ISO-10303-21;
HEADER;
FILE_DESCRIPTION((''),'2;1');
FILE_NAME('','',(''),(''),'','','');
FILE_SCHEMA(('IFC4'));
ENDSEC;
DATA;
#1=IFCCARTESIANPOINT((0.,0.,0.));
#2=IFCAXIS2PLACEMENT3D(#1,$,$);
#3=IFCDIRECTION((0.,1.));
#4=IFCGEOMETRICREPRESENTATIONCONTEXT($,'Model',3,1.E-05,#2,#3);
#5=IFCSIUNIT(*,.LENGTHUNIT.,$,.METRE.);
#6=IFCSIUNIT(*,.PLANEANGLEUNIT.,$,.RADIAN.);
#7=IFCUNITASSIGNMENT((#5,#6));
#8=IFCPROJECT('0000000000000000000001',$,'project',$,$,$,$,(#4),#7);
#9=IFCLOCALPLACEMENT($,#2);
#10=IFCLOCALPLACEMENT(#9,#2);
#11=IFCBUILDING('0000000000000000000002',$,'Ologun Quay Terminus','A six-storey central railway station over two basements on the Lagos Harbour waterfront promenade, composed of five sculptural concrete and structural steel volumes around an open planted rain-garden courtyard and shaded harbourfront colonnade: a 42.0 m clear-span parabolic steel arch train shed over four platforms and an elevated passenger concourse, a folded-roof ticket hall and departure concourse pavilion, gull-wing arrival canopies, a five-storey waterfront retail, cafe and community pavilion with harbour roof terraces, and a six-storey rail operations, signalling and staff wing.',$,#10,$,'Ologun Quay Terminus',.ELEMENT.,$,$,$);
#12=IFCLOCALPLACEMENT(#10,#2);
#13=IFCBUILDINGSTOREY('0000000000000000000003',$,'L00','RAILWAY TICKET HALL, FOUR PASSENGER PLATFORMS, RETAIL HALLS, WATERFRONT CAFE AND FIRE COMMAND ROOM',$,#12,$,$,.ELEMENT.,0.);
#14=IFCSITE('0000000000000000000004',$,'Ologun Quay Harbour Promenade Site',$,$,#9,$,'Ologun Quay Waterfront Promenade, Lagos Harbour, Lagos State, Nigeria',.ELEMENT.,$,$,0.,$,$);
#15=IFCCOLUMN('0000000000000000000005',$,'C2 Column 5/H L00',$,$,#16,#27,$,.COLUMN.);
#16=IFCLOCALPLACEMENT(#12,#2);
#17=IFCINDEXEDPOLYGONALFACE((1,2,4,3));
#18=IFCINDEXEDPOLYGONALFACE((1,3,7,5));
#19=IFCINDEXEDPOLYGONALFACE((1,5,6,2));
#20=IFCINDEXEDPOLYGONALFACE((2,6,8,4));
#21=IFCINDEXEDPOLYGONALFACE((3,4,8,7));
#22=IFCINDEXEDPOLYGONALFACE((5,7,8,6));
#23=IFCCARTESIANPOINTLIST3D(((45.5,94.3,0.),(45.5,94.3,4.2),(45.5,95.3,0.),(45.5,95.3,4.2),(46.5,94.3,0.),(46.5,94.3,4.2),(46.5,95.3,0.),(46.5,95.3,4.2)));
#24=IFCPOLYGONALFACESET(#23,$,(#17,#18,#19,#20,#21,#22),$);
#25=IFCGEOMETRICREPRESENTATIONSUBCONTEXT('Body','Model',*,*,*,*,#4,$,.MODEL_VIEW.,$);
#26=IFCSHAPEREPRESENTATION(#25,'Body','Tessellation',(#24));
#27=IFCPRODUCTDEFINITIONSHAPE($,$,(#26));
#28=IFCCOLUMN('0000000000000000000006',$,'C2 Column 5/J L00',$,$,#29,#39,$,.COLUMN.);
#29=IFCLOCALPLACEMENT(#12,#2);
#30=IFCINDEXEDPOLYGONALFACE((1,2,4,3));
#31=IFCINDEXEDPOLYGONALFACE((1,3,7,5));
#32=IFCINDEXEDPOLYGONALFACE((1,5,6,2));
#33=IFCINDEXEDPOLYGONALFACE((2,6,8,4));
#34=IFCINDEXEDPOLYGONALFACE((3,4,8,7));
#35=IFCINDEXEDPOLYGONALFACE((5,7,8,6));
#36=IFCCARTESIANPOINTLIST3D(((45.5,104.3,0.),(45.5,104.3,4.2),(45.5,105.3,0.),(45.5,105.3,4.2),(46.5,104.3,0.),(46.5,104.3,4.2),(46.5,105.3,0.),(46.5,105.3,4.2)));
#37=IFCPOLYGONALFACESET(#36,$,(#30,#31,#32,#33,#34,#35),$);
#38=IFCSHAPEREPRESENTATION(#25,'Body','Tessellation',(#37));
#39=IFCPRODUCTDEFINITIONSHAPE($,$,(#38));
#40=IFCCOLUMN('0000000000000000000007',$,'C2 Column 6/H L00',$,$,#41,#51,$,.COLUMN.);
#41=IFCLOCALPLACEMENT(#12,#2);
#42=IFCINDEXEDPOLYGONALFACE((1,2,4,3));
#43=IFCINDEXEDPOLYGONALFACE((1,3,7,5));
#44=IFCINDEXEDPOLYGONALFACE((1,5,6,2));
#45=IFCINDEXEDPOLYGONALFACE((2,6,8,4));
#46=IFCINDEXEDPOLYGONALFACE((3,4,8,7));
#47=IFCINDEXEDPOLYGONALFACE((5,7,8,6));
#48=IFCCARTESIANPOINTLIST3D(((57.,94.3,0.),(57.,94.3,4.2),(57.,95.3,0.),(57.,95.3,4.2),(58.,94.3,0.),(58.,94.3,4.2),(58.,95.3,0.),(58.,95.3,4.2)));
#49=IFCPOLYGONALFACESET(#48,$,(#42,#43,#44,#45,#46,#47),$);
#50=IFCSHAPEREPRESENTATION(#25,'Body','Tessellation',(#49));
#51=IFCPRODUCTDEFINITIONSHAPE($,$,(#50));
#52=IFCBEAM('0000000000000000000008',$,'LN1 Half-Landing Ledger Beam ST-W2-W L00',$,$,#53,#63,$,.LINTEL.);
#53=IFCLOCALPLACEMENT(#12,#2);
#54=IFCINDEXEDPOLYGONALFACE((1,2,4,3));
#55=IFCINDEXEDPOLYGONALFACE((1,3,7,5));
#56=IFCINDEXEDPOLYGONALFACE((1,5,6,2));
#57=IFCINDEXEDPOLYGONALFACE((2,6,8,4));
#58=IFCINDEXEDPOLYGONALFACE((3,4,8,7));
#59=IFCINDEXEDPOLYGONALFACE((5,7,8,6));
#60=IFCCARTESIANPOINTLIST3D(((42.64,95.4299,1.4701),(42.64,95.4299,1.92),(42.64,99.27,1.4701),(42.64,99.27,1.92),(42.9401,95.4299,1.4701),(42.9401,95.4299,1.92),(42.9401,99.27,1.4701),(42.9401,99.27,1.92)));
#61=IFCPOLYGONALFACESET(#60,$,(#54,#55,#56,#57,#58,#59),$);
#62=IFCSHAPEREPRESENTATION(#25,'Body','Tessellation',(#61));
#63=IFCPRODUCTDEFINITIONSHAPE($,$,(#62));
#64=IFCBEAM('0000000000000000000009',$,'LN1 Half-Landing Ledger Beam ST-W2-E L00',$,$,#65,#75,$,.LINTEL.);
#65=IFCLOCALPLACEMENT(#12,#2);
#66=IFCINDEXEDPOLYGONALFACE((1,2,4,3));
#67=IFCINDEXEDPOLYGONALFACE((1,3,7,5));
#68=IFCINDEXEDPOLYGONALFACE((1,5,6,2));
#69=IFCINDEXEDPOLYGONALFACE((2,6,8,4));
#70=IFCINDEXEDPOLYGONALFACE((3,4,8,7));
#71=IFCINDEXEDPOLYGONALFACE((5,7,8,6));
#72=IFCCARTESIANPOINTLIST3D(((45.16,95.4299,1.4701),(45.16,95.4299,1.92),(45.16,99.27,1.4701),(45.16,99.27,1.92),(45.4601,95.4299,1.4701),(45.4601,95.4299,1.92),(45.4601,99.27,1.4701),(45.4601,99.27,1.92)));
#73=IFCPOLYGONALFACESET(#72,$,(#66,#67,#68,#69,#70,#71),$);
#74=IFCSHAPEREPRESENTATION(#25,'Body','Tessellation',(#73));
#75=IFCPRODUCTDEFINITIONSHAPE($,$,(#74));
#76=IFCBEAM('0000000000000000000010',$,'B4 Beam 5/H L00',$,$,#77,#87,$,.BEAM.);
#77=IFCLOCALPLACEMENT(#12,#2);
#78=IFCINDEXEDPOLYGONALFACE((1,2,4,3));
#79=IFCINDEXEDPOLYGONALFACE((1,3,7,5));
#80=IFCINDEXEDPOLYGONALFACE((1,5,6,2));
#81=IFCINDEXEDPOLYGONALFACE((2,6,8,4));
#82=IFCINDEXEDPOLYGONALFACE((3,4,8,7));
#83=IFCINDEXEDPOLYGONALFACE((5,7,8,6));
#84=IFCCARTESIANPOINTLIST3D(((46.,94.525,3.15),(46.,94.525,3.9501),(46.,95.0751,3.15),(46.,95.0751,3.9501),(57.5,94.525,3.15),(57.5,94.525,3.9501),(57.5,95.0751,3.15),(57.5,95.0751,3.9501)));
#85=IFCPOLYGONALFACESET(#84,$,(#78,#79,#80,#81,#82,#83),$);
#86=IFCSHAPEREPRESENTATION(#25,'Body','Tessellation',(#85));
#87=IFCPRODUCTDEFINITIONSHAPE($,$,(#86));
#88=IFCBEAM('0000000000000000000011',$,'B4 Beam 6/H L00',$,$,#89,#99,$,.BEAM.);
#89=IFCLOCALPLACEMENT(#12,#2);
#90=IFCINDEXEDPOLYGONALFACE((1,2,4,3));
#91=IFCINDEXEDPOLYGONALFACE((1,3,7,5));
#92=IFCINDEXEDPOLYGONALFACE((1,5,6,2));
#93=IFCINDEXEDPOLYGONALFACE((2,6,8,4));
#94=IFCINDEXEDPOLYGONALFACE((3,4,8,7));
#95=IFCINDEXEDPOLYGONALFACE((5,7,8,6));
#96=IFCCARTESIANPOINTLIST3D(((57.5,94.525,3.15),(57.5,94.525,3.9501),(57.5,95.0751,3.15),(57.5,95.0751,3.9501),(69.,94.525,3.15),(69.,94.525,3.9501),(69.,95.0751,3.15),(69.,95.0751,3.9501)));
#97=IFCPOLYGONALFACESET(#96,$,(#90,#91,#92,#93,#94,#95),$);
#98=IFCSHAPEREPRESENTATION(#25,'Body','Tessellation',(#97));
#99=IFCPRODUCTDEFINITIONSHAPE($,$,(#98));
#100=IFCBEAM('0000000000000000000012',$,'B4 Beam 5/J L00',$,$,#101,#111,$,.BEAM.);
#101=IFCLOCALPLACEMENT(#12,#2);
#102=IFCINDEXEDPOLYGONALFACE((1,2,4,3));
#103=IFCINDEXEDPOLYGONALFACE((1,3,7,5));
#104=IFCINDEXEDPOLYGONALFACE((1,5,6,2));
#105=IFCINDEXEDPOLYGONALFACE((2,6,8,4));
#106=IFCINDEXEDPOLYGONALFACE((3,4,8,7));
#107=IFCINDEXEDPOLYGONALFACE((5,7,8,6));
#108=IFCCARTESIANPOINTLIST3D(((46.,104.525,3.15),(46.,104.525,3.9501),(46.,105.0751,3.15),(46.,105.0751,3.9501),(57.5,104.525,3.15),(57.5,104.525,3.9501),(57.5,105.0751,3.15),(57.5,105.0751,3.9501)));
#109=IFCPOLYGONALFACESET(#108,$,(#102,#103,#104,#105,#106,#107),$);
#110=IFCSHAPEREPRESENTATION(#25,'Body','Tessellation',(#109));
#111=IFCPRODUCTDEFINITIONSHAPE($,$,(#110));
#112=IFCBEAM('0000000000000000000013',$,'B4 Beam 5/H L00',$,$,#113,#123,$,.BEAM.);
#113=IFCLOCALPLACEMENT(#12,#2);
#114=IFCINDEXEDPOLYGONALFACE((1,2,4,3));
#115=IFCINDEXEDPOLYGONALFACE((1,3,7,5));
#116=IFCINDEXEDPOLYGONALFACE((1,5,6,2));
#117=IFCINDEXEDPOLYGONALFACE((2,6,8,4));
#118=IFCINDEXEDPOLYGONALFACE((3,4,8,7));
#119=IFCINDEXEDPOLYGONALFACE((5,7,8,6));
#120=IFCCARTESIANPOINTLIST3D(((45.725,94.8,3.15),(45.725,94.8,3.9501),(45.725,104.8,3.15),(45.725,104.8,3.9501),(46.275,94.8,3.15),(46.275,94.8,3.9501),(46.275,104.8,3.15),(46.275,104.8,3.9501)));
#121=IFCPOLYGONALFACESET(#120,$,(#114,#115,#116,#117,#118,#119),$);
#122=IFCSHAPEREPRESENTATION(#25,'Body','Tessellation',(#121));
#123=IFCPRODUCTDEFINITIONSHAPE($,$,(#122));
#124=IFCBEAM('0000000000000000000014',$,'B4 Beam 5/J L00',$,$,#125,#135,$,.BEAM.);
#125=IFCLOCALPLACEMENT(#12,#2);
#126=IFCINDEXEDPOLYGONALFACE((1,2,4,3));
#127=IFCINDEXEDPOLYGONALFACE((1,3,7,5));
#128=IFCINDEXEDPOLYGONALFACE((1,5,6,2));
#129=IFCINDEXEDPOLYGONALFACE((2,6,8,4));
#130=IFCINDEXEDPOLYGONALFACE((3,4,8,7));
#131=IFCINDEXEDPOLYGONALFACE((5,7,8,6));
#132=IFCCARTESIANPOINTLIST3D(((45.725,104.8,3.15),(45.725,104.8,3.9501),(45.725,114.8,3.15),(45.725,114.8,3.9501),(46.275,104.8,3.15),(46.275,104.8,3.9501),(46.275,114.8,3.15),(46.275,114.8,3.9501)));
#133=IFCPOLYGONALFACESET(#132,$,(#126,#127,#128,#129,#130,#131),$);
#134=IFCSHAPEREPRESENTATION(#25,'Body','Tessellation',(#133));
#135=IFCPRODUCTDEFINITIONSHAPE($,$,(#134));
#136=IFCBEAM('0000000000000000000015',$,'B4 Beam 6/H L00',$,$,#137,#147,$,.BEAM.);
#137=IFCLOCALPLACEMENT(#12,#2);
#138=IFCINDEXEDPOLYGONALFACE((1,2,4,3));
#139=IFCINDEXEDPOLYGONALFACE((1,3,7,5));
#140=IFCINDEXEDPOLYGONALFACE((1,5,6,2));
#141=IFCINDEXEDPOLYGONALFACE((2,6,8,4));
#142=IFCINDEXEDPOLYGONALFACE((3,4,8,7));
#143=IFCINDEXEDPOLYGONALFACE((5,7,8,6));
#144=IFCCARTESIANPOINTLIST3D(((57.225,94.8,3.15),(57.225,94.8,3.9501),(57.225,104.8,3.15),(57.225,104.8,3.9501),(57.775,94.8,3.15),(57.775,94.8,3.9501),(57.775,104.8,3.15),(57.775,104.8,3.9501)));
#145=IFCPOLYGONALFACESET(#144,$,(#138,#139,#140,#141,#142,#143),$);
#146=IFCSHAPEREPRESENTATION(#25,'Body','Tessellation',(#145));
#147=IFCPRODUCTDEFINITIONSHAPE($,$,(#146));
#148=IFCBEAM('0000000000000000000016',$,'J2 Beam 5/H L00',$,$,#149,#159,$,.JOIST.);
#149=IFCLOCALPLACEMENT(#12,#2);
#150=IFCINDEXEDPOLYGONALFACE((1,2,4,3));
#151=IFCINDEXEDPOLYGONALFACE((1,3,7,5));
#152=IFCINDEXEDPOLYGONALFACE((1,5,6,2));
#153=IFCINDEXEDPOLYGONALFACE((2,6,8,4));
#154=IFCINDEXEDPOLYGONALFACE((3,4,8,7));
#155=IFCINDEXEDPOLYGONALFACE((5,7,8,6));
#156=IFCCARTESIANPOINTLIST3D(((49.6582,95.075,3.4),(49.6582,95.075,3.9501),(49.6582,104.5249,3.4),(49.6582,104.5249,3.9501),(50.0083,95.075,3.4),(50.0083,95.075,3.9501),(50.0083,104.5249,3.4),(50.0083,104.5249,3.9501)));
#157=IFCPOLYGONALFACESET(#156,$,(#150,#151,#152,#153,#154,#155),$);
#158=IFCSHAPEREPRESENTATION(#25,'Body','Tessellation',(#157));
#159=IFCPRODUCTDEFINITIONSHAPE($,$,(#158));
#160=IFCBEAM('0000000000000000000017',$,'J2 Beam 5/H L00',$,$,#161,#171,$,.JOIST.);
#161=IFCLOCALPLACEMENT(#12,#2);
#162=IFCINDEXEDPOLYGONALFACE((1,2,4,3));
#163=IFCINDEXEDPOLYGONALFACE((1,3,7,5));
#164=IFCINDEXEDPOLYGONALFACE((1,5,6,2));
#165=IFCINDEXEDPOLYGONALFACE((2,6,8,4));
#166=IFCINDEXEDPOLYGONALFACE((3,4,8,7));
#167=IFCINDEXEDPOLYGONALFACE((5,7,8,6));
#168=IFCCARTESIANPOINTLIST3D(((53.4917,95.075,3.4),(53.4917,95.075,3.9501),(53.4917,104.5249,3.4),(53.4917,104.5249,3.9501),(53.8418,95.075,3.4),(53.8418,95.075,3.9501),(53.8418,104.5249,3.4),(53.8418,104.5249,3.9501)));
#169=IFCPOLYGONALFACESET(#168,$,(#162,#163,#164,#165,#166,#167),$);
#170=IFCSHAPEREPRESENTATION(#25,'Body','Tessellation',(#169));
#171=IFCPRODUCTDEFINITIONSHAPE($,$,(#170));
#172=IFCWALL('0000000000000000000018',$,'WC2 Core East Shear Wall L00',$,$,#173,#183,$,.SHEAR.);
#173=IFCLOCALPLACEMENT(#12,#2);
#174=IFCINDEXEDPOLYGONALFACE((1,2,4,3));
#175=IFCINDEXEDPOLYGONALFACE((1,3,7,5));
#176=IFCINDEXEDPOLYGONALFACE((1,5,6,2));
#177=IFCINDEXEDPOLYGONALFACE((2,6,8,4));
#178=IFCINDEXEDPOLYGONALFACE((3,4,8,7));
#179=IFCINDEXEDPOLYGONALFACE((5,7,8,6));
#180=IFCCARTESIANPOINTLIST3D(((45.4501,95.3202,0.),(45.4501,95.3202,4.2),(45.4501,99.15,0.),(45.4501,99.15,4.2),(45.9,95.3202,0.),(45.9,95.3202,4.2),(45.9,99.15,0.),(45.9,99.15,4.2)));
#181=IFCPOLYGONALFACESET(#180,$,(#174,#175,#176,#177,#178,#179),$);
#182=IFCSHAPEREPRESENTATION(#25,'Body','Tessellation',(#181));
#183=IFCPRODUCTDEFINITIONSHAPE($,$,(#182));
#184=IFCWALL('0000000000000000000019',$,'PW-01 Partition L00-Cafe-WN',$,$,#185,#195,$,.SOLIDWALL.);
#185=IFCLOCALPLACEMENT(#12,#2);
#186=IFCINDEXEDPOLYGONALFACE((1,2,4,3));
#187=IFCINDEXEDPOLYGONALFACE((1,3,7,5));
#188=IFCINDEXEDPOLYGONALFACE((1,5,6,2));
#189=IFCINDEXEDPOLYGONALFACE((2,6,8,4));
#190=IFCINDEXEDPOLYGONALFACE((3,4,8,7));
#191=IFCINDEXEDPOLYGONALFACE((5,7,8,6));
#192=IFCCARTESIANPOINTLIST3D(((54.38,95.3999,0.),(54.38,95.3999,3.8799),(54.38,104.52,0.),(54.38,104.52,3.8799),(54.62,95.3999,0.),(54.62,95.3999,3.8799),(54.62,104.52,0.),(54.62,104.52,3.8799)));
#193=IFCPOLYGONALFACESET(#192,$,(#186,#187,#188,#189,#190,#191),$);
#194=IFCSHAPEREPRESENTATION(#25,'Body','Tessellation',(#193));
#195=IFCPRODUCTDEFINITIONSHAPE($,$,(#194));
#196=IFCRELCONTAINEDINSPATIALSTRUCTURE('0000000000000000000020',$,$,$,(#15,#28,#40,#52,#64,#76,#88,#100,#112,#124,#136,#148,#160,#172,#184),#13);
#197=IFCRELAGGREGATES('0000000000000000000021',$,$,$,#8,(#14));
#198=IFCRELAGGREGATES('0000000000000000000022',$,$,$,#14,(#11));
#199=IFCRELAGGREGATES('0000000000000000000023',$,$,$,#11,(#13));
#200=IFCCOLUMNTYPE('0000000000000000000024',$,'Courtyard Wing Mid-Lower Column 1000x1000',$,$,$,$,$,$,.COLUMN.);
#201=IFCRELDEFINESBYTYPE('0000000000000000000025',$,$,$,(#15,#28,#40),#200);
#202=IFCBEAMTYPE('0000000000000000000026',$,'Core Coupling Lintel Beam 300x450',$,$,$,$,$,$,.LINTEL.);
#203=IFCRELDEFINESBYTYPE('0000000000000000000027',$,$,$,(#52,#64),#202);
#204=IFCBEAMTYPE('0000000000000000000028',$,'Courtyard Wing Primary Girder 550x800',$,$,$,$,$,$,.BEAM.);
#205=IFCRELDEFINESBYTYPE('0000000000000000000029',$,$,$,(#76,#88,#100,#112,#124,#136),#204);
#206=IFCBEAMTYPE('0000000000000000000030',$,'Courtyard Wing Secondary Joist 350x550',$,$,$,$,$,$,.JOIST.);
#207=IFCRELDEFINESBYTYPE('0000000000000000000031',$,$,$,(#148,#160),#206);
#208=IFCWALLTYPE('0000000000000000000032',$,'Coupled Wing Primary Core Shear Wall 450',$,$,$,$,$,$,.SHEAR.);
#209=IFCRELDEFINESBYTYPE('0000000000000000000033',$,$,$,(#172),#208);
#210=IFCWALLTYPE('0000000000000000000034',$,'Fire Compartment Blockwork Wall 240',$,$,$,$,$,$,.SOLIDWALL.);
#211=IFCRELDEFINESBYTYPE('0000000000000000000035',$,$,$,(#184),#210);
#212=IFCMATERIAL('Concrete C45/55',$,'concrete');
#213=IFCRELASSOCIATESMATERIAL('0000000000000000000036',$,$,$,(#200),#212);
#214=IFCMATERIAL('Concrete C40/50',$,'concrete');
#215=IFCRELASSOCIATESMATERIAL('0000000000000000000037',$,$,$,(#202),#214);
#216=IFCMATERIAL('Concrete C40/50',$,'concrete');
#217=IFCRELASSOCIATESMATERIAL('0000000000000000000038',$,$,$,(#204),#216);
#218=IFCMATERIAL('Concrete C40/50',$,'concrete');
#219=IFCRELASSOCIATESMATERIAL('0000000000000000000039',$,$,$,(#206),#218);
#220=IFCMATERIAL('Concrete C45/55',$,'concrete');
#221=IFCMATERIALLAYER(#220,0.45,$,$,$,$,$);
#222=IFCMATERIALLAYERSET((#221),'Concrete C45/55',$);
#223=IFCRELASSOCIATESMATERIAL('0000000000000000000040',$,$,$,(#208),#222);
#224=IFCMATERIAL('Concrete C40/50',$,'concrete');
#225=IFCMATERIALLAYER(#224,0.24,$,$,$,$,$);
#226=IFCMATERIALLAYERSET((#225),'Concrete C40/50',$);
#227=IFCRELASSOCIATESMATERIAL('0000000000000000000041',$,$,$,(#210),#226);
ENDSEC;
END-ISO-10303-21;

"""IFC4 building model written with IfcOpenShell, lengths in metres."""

from ifc_helpers import new_model, si_unit, direction, frame, frame_2d, origin, origin_2d, place, context, subcontext, project, spatial, rectangle, extrude, material, layer, layer_set, material_profile, profile_set, type_object, element, save


model = new_model("IFC4")

# Units and contexts
model_context = context("Model", 3, precision=1e-05, world=origin(), true_north=direction((0.0, 1.0)))
body_context = subcontext(model_context, "Body", "Model", "MODEL_VIEW")
ifc_project = project(units=[si_unit("LENGTHUNIT", "METRE"), si_unit("PLANEANGLEUNIT", "RADIAN")], contexts=[model_context])

# Site, building, storey
site_placement = place(None, origin())
site = spatial("IfcSite", under=ifc_project, at=site_placement, Name="Ologun Quay Harbour Promenade Site", LongName="Ologun Quay Waterfront Promenade, Lagos Harbour, Lagos State, Nigeria", CompositionType="ELEMENT", RefElevation=0.0)
building_placement = place(site_placement, origin())
building = spatial("IfcBuilding", under=site, at=building_placement, Name="Ologun Quay Terminus", Description="A six-storey central railway station over two basements on the Lagos Harbour waterfront promenade, composed of five sculptural concrete and structural steel volumes around an open planted rain-garden courtyard and shaded harbourfront colonnade: a 42.0 m clear-span parabolic steel arch train shed over four platforms and an elevated passenger concourse, a folded-roof ticket hall and departure concourse pavilion, gull-wing arrival canopies, a five-storey waterfront retail, cafe and community pavilion with harbour roof terraces, and a six-storey rail operations, signalling and staff wing.", LongName="Ologun Quay Terminus", CompositionType="ELEMENT")
storey_placement = place(building_placement, origin())
storey = spatial("IfcBuildingStorey", under=building, at=storey_placement, Name="L00", Description="RAILWAY TICKET HALL, FOUR PASSENGER PLATFORMS, RETAIL HALLS, WATERFRONT CAFE AND FIRE COMMAND ROOM", CompositionType="ELEMENT", Elevation=0.0)

# Columns
ifc_material_1 = material(Name="Concrete C45/55", Category="concrete")
ifc_material_profile_1 = material_profile(ifc_material_1, rectangle(XDim=1.0, YDim=1.0, at=origin_2d()), Name="RC 1000x1000")
ifc_profile_set_1 = profile_set([ifc_material_profile_1], Name="Concrete C45/55")
column_type = type_object("IfcColumnType", Name="Courtyard Wing Mid-Lower Column 1000x1000", PredefinedType="COLUMN", material=ifc_profile_set_1)
for number, where, z_axis, x_axis, name in (
    (1, (46.0, 94.8, 0.0), (0.0, 0.0, 1.0), (1.0, 0.0, 0.0), "C2 Column 5/H L00"),
    (2, (46.0, 104.8, 0.0), (0.0, 0.0, 1.0), (1.0, 0.0, 0.0), "C2 Column 5/J L00"),
    (3, (57.5, 94.8, 0.0), (0.0, 0.0, 1.0), (1.0, 0.0, 0.0), "C2 Column 6/H L00"),
):
    element("IfcColumn", number, at=place(storey_placement, frame(where, z_axis=z_axis, x_axis=x_axis)), inside=storey, type_object=column_type, Name=name, PredefinedType="COLUMN", context=body_context, shape_type="SweptSolid", body=[
        extrude(rectangle(XDim=1.0, YDim=1.0, at=origin_2d()), origin(), (0.0, 0.0, 1.0), 4.2),
    ])

# Beams
ifc_material_2 = material(Name="Concrete C40/50", Category="concrete")
ifc_material_profile_2 = material_profile(ifc_material_2, rectangle(XDim=0.3, YDim=0.45, at=origin_2d()), Name="RC 300x450")
ifc_profile_set_2 = profile_set([ifc_material_profile_2], Name="Concrete C40/50")
beam_type_1 = type_object("IfcBeamType", Name="Core Coupling Lintel Beam 300x450", PredefinedType="LINTEL", material=ifc_profile_set_2)
for number, where, z_axis, x_axis, name in (
    (4, (42.79, 95.4299, 1.6951), (0.0, 1.0, 0.0), (-1.0, 0.0, 0.0), "LN1 Half-Landing Ledger Beam ST-W2-W L00"),
    (5, (45.3101, 95.4299, 1.6951), (0.0, 1.0, 0.0), (-1.0, 0.0, 0.0), "LN1 Half-Landing Ledger Beam ST-W2-E L00"),
):
    element("IfcBeam", number, at=place(storey_placement, frame(where, z_axis=z_axis, x_axis=x_axis)), inside=storey, type_object=beam_type_1, Name=name, PredefinedType="LINTEL", context=body_context, shape_type="SweptSolid", body=[
        extrude(rectangle(XDim=0.3, YDim=0.45, at=origin_2d()), origin(), (0.0, 0.0, 1.0), 3.8401),
    ])
ifc_material_3 = material(Name="Concrete C40/50", Category="concrete")
ifc_material_profile_3 = material_profile(ifc_material_3, rectangle(XDim=0.55, YDim=0.8, at=origin_2d()), Name="RC 550x800")
ifc_profile_set_3 = profile_set([ifc_material_profile_3], Name="Concrete C40/50")
beam_type_2 = type_object("IfcBeamType", Name="Courtyard Wing Primary Girder 550x800", PredefinedType="BEAM", material=ifc_profile_set_3)
for number, where, z_axis, x_axis, name in (
    (6, (46.0, 94.8, 3.55), (1.0, 0.0, 0.0), (0.0, 1.0, 0.0), "B4 Beam 5/H L00"),
    (7, (57.5, 94.8, 3.55), (1.0, 0.0, 0.0), (0.0, 1.0, 0.0), "B4 Beam 6/H L00"),
    (8, (46.0, 104.8, 3.55), (1.0, 0.0, 0.0), (0.0, 1.0, 0.0), "B4 Beam 5/J L00"),
):
    element("IfcBeam", number, at=place(storey_placement, frame(where, z_axis=z_axis, x_axis=x_axis)), inside=storey, type_object=beam_type_2, Name=name, PredefinedType="BEAM", context=body_context, shape_type="SweptSolid", body=[
        extrude(rectangle(XDim=0.55, YDim=0.8, at=origin_2d()), origin(), (0.0, 0.0, 1.0), 11.5),
    ])
for number, where, z_axis, x_axis, name in (
    (9, (46.0, 94.8, 3.55), (0.0, 1.0, 0.0), (-1.0, 0.0, 0.0), "B4 Beam 5/H L00"),
    (10, (46.0, 104.8, 3.55), (0.0, 1.0, 0.0), (-1.0, 0.0, 0.0), "B4 Beam 5/J L00"),
    (11, (57.5, 94.8, 3.55), (0.0, 1.0, 0.0), (-1.0, 0.0, 0.0), "B4 Beam 6/H L00"),
):
    element("IfcBeam", number, at=place(storey_placement, frame(where, z_axis=z_axis, x_axis=x_axis)), inside=storey, type_object=beam_type_2, Name=name, PredefinedType="BEAM", context=body_context, shape_type="SweptSolid", body=[
        extrude(rectangle(XDim=0.55, YDim=0.8, at=origin_2d()), origin(), (0.0, 0.0, 1.0), 10.0),
    ])
ifc_material_4 = material(Name="Concrete C40/50", Category="concrete")
ifc_material_profile_4 = material_profile(ifc_material_4, rectangle(XDim=0.3501, YDim=0.55, at=origin_2d()), Name="RC 350x550")
ifc_profile_set_4 = profile_set([ifc_material_profile_4], Name="Concrete C40/50")
beam_type_3 = type_object("IfcBeamType", Name="Courtyard Wing Secondary Joist 350x550", PredefinedType="JOIST", material=ifc_profile_set_4)
for number, where, z_axis, x_axis, name in (
    (12, (49.8333, 95.075, 3.675), (0.0, 1.0, 0.0), (-1.0, 0.0, 0.0), "J2 Beam 5/H L00"),
    (13, (53.6667, 95.075, 3.675), (0.0, 1.0, 0.0), (-1.0, 0.0, 0.0), "J2 Beam 5/H L00"),
):
    element("IfcBeam", number, at=place(storey_placement, frame(where, z_axis=z_axis, x_axis=x_axis)), inside=storey, type_object=beam_type_3, Name=name, PredefinedType="JOIST", context=body_context, shape_type="SweptSolid", body=[
        extrude(rectangle(XDim=0.3501, YDim=0.55, at=origin_2d()), origin(), (0.0, 0.0, 1.0), 9.45),
    ])

# Walls
ifc_material_5 = material(Name="Concrete C45/55", Category="concrete")
ifc_layer_1 = layer(ifc_material_5, 0.45)
ifc_layer_set_1 = layer_set([ifc_layer_1], Name="Concrete C45/55")
wall_type_1 = type_object("IfcWallType", Name="Coupled Wing Primary Core Shear Wall 450", PredefinedType="SHEAR", material=ifc_layer_set_1)
wall_1_placement = place(storey_placement, frame((45.675, 95.3201, 0.0), z_axis=(0.0, 0.0, 1.0), x_axis=(0.0, 1.0, 0.0)))
element("IfcWall", 14, at=wall_1_placement, inside=storey, type_object=wall_type_1, Name="WC2 Core East Shear Wall L00", PredefinedType="SHEAR", context=body_context, shape_type="SweptSolid", body=[
    extrude(rectangle(XDim=3.8298, YDim=0.45, at=frame_2d((1.915, 0.0))), origin(), (0.0, 0.0, 1.0), 4.2),
])
ifc_material_6 = material(Name="Concrete C40/50", Category="concrete")
ifc_layer_2 = layer(ifc_material_6, 0.24)
ifc_layer_set_2 = layer_set([ifc_layer_2], Name="Concrete C40/50")
wall_type_2 = type_object("IfcWallType", Name="Fire Compartment Blockwork Wall 240", PredefinedType="SOLIDWALL", material=ifc_layer_set_2)
wall_2_placement = place(storey_placement, frame((54.5, 95.3999, 0.0), z_axis=(0.0, 0.0, 1.0), x_axis=(0.0, 1.0, 0.0)))
element("IfcWall", 15, at=wall_2_placement, inside=storey, type_object=wall_type_2, Name="PW-01 Partition L00-Cafe-WN", PredefinedType="SOLIDWALL", context=body_context, shape_type="SweptSolid", body=[
    extrude(rectangle(XDim=9.1201, YDim=0.24, at=frame_2d((4.5601, 0.0))), origin(), (0.0, 0.0, 1.0), 3.8799),
])

save(model, "model.ifc")
